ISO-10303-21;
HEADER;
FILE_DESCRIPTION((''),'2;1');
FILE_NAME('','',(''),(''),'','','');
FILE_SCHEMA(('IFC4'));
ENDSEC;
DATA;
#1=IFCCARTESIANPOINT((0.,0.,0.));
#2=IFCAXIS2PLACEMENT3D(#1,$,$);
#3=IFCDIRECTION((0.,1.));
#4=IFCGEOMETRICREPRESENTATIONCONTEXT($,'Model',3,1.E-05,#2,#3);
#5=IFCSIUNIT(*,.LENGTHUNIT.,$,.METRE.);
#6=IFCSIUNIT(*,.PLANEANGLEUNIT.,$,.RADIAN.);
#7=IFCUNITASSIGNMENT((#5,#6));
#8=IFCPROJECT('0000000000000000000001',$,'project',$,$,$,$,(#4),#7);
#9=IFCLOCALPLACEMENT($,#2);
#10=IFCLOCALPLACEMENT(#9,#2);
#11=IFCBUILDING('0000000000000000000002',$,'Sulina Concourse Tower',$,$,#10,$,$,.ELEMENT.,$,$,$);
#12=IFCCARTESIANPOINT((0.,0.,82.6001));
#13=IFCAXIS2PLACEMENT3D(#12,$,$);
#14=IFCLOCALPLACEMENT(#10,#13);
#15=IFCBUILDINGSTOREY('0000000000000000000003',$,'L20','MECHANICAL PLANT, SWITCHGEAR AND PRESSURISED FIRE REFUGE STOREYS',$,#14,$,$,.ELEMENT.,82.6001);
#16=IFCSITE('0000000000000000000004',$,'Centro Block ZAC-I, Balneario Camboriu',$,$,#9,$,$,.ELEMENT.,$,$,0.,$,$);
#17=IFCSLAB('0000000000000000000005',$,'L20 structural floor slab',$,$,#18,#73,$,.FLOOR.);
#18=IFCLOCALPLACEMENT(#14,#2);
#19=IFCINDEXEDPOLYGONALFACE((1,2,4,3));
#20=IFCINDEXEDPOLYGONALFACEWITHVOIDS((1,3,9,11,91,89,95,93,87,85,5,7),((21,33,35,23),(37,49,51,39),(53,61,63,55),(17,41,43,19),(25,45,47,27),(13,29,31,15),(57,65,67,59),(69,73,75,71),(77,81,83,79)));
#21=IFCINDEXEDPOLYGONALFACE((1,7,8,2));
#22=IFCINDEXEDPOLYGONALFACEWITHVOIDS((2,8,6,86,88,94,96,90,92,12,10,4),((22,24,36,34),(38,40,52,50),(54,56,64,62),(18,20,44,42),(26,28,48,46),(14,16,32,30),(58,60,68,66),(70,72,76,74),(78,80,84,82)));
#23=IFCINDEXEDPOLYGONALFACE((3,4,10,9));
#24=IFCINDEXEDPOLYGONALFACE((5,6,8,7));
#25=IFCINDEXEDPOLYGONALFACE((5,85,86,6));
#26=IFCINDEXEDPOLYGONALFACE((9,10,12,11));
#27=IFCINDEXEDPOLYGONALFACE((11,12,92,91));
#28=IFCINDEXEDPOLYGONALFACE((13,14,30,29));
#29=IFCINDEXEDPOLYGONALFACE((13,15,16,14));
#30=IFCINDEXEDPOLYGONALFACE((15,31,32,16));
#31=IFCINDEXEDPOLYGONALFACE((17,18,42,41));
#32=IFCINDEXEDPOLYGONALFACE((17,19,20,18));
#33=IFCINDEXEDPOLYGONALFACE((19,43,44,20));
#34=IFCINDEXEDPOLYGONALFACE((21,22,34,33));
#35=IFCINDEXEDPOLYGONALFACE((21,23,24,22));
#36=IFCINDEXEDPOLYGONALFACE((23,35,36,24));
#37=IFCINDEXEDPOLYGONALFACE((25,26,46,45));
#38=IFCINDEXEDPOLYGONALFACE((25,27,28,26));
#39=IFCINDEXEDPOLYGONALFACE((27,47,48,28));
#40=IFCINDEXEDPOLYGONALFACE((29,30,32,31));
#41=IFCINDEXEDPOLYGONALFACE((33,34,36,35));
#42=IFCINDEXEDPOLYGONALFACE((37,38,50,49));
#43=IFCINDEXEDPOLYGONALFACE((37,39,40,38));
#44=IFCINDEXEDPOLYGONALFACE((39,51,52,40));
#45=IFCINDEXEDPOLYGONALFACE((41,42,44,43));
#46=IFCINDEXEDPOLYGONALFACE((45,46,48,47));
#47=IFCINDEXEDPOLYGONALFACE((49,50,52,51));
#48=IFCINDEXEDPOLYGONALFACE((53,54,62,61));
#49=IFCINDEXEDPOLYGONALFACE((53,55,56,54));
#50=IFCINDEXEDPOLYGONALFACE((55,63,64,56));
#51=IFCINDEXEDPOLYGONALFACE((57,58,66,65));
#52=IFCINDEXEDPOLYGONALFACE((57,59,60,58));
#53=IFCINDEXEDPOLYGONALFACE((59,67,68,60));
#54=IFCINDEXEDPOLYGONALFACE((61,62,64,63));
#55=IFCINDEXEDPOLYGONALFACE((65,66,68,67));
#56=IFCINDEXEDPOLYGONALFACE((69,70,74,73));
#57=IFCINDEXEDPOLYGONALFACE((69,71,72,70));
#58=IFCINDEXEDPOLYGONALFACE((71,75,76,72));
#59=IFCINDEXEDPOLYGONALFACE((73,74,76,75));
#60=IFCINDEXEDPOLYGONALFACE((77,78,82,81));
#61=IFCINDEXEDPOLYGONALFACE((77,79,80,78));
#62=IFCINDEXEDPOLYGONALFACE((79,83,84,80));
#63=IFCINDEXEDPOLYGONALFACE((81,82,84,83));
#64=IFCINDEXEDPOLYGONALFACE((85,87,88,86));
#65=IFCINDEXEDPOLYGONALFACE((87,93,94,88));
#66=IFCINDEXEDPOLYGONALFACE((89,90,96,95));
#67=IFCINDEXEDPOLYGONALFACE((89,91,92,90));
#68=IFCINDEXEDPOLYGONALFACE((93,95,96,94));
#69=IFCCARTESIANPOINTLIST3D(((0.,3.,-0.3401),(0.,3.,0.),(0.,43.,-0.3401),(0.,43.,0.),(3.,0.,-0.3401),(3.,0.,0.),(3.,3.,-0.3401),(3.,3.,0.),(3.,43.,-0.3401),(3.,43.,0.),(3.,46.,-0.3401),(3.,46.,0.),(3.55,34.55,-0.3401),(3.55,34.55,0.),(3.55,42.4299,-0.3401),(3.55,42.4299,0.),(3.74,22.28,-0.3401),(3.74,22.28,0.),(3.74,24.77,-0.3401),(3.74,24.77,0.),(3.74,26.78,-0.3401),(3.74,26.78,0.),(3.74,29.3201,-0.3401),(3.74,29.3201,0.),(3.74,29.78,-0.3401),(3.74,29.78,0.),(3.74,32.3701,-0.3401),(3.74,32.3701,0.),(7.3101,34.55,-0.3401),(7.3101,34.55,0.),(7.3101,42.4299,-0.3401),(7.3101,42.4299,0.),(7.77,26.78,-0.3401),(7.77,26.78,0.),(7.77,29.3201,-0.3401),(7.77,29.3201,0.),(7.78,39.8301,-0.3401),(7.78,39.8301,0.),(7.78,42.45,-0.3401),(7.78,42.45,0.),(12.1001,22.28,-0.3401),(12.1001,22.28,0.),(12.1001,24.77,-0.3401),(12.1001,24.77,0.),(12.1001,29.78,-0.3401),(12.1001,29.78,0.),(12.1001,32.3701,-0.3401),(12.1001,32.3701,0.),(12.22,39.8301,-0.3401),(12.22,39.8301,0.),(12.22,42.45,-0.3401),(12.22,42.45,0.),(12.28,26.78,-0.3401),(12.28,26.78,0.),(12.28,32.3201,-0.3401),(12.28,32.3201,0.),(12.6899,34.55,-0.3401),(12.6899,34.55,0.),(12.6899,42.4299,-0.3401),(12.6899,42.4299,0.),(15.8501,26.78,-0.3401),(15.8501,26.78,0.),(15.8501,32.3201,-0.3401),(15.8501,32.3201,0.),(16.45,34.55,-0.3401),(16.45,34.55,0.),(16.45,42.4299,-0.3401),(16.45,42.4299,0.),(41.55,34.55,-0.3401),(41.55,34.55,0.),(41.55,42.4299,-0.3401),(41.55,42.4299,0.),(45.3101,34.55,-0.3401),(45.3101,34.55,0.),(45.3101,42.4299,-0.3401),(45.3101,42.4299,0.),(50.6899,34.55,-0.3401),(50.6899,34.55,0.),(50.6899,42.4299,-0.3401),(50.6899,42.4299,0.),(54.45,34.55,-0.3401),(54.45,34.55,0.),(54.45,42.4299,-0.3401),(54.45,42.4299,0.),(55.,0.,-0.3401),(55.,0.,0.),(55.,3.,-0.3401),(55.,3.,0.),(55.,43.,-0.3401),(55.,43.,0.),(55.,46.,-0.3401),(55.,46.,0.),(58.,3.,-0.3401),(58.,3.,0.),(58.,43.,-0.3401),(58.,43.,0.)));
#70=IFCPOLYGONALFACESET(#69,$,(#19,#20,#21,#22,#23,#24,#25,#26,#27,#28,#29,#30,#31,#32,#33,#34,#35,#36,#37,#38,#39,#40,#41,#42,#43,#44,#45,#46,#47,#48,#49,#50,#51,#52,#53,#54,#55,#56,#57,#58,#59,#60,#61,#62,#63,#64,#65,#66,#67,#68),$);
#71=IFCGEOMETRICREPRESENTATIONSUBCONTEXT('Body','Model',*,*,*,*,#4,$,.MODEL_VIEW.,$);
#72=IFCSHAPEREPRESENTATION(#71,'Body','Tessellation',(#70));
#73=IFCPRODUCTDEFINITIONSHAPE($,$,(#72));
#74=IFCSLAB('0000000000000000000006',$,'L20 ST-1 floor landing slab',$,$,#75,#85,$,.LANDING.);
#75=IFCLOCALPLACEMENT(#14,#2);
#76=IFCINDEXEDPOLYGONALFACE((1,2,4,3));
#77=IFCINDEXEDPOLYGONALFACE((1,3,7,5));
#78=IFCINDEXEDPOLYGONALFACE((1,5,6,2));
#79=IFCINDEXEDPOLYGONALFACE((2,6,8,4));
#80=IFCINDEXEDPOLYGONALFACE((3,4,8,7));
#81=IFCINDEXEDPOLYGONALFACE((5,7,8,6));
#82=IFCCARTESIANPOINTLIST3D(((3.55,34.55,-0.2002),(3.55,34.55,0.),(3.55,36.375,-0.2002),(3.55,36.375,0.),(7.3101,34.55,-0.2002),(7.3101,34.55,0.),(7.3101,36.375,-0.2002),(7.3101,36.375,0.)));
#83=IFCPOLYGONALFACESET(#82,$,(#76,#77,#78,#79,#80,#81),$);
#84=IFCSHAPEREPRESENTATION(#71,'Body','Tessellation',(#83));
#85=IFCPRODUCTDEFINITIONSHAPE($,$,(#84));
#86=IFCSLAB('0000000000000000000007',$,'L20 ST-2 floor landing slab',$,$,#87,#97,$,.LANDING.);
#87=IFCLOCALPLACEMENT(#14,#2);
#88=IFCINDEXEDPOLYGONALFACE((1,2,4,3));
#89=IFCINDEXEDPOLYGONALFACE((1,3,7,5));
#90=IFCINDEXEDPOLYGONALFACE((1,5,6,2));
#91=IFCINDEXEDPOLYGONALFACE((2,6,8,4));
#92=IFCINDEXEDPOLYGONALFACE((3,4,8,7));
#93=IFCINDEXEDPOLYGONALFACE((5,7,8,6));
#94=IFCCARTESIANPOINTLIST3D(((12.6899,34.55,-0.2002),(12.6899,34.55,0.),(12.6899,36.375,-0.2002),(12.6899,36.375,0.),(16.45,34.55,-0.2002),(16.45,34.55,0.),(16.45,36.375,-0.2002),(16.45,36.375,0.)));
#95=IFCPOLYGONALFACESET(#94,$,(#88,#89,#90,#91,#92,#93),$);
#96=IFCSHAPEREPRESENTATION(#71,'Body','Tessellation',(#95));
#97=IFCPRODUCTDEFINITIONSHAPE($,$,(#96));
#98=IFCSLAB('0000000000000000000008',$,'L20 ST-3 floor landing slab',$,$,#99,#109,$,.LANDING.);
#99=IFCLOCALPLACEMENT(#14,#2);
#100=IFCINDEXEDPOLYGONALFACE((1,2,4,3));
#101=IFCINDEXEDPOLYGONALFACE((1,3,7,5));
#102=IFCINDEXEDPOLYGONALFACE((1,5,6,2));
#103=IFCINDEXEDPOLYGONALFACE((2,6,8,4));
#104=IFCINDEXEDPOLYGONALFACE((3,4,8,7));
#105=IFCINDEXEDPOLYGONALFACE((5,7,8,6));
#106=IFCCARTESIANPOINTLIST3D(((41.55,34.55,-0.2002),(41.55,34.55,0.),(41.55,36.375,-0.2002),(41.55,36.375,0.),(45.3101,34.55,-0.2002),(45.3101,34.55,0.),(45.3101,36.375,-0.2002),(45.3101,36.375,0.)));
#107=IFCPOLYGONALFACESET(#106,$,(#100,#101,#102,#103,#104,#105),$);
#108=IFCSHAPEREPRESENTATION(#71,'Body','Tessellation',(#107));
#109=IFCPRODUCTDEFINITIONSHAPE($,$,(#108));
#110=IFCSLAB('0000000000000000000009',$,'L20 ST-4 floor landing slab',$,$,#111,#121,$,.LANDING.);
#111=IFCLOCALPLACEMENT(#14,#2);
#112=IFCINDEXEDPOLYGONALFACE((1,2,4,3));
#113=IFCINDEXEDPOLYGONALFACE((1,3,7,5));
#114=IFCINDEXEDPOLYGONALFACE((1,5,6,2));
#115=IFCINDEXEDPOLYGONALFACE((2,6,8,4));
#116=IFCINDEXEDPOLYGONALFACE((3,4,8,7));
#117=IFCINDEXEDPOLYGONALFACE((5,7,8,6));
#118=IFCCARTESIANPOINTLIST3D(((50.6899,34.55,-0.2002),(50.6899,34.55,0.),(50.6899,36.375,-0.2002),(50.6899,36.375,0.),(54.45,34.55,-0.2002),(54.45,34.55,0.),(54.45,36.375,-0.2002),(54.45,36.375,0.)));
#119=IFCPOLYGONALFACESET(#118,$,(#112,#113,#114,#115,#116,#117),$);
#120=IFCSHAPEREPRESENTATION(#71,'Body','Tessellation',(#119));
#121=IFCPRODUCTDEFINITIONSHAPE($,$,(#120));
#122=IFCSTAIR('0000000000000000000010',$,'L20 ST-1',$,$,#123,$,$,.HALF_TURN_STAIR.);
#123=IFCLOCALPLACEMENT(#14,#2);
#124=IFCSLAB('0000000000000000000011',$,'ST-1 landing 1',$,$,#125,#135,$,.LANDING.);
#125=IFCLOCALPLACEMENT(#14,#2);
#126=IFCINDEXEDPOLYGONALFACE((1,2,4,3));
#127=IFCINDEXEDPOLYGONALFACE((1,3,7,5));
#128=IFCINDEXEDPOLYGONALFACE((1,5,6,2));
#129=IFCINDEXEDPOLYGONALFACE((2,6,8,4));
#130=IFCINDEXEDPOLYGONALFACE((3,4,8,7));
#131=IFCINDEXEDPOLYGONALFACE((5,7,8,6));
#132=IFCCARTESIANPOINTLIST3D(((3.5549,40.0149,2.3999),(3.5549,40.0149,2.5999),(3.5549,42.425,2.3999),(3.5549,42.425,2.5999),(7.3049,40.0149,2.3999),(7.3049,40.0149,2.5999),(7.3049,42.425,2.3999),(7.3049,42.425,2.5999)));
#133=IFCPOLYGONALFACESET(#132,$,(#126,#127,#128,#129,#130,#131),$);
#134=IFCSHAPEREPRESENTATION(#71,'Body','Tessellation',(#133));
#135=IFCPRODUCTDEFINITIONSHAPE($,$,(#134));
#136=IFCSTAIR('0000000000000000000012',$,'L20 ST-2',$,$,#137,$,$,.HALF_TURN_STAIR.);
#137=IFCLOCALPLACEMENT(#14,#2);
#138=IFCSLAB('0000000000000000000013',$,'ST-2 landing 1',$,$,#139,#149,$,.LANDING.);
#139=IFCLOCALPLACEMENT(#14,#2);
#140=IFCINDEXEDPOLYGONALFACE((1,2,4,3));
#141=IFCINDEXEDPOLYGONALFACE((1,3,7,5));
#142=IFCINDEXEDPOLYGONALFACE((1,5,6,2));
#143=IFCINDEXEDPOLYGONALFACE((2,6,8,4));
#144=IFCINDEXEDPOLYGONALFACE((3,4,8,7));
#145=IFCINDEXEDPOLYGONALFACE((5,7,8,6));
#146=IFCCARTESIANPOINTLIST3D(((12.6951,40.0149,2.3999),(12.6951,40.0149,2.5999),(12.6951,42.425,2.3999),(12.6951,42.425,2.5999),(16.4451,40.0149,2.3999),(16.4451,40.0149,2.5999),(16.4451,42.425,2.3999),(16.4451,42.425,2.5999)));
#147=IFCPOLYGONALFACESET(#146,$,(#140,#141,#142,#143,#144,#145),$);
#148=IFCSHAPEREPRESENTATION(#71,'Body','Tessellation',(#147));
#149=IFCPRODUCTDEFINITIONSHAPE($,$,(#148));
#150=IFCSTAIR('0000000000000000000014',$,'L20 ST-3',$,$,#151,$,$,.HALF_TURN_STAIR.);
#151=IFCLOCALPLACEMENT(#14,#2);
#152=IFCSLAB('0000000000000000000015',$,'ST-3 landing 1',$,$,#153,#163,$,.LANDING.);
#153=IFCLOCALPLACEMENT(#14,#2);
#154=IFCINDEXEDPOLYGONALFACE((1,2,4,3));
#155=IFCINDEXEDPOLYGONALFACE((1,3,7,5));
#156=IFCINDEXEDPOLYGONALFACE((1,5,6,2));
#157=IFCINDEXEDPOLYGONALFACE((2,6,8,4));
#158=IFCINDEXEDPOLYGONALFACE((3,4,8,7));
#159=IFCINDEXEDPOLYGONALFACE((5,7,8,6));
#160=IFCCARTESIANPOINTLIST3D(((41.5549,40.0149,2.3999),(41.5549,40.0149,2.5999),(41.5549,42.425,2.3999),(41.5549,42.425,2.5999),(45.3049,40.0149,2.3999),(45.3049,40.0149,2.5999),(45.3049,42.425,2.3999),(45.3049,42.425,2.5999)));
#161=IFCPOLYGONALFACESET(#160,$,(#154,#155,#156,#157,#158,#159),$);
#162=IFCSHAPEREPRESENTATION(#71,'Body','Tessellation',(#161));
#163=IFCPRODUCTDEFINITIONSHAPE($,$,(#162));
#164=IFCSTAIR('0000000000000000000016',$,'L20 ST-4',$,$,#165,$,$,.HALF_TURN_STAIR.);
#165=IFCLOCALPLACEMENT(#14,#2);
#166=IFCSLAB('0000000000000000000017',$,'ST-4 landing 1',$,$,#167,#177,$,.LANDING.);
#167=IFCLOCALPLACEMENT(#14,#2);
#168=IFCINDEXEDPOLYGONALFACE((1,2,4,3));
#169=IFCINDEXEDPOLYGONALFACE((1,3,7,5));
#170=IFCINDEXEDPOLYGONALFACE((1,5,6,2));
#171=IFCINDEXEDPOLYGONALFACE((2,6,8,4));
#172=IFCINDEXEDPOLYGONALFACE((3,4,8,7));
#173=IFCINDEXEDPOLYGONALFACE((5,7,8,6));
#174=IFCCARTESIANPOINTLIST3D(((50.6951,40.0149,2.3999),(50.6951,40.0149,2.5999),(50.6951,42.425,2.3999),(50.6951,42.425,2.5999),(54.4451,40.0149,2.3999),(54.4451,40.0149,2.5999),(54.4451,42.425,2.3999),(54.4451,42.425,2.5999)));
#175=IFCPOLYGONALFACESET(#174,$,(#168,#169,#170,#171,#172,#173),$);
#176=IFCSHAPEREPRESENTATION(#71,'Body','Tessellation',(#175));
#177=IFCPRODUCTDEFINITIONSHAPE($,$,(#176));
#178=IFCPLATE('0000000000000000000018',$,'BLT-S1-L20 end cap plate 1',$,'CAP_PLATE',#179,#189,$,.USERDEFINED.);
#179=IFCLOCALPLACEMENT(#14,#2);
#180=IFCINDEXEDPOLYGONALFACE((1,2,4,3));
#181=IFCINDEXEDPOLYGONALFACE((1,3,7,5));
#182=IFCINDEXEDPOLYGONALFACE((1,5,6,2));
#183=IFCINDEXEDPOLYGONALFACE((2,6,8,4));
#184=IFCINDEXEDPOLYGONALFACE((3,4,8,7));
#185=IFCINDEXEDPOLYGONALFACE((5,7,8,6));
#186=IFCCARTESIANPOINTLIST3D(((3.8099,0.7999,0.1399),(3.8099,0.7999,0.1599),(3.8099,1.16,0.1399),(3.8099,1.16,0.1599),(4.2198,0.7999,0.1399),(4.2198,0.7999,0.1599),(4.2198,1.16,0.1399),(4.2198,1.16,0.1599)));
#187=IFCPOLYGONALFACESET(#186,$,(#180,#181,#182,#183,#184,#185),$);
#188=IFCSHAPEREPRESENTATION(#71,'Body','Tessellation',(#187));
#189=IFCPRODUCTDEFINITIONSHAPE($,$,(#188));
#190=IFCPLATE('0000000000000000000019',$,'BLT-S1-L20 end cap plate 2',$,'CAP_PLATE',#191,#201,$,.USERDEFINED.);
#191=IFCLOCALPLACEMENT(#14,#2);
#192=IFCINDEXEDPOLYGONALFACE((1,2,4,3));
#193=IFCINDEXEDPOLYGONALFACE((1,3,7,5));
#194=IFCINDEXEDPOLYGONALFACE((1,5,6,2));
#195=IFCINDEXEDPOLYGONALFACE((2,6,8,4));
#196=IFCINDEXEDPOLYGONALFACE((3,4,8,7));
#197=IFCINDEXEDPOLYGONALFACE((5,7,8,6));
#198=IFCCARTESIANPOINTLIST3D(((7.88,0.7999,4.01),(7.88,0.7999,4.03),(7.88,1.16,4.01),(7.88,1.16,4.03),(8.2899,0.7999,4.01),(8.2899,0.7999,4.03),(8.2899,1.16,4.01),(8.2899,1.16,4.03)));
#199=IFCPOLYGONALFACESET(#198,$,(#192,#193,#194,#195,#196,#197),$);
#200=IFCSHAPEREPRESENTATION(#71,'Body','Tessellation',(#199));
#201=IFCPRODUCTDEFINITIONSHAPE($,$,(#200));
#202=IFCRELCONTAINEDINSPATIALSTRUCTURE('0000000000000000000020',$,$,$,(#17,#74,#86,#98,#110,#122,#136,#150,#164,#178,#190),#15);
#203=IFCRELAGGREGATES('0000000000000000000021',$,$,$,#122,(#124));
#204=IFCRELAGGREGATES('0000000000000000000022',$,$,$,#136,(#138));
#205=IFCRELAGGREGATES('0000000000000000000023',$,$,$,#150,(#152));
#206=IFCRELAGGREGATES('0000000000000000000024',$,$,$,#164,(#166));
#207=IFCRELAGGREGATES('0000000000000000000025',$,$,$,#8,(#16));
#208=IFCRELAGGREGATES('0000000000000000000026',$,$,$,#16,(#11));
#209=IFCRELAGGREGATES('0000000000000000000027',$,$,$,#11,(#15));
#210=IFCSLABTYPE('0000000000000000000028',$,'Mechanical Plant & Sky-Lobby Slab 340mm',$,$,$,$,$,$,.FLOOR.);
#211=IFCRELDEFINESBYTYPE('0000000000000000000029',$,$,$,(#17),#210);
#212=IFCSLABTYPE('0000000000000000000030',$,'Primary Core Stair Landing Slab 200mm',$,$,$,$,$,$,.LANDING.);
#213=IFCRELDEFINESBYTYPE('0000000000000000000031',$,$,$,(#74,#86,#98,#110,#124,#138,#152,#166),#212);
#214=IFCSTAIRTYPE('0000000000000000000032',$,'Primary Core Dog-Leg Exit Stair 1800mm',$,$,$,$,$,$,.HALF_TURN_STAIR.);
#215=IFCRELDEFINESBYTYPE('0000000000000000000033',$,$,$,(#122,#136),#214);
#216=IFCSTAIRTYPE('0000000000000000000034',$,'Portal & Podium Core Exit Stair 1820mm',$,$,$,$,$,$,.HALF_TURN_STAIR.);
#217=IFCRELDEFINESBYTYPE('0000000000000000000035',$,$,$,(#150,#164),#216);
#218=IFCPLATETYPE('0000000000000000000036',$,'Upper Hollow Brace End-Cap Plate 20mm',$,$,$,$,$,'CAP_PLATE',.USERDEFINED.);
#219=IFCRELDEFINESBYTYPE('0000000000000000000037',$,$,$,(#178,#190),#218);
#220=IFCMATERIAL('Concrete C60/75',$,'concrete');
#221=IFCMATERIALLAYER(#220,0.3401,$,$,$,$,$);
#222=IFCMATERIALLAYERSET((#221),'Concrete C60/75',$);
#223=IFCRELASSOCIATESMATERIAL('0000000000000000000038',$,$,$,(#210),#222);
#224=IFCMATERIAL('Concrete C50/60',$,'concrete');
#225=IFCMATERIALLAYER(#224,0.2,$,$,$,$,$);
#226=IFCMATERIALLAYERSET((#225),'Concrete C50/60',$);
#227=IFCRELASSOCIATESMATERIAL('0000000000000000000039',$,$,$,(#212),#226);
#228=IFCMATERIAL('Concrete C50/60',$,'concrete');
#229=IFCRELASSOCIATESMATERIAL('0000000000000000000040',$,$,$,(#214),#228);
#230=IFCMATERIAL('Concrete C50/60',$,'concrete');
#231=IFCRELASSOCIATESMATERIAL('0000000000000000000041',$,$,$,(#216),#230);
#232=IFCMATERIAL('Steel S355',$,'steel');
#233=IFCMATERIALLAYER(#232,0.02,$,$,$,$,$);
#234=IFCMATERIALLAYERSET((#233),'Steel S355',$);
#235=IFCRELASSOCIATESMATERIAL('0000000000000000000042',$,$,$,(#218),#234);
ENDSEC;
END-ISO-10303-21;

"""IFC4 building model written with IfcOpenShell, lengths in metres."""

from ifc_helpers import new_model, si_unit, direction, frame, origin, origin_2d, place, context, subcontext, project, spatial, polyline, rectangle, outline, extrude, material, layer, layer_set, type_object, element, aggregate, save


model = new_model("IFC4")

# Units and contexts
model_context = context("Model", 3, precision=1e-05, world=origin(), true_north=direction((0.0, 1.0)))
body_context = subcontext(model_context, "Body", "Model", "MODEL_VIEW")
ifc_project = project(units=[si_unit("LENGTHUNIT", "METRE"), si_unit("PLANEANGLEUNIT", "RADIAN")], contexts=[model_context])

# Site, building, storey
site_placement = place(None, origin())
site = spatial("IfcSite", under=ifc_project, at=site_placement, Name="Centro Block ZAC-I, Balneario Camboriu", CompositionType="ELEMENT", RefElevation=0.0)
building_placement = place(site_placement, origin())
building = spatial("IfcBuilding", under=site, at=building_placement, Name="Sulina Concourse Tower", CompositionType="ELEMENT")
storey_placement = place(building_placement, frame((0.0, 0.0, 82.6001)))
storey = spatial("IfcBuildingStorey", under=building, at=storey_placement, Name="L20", Description="MECHANICAL PLANT, SWITCHGEAR AND PRESSURISED FIRE REFUGE STOREYS", CompositionType="ELEMENT", Elevation=82.6001)

# Slabs
ifc_material_1 = material(Name="Concrete C60/75", Category="concrete")
ifc_layer_1 = layer(ifc_material_1, 0.3401)
ifc_layer_set_1 = layer_set([ifc_layer_1], Name="Concrete C60/75")
slab_type_1 = type_object("IfcSlabType", Name="Mechanical Plant & Sky-Lobby Slab 340mm", PredefinedType="FLOOR", material=ifc_layer_set_1)
slab_1_placement = place(storey_placement, frame((0.0, 0.0, -0.3401)))
element("IfcSlab", 1, at=slab_1_placement, inside=storey, type_object=slab_type_1, Name="L20 structural floor slab", PredefinedType="FLOOR", context=body_context, shape_type="SweptSolid", body=[
    extrude(outline(polyline([(3.0, 0.0), (55.0, 0.0), (55.0, 3.0), (58.0, 3.0), (58.0, 43.0), (55.0, 43.0), (55.0, 46.0), (3.0, 46.0), (3.0, 43.0), (0.0, 43.0), (0.0, 3.0), (3.0, 3.0), (3.0, 0.0)]), holes=[polyline([(7.3101, 34.55), (7.3101, 42.4299), (3.55, 42.4299), (3.55, 34.55), (7.3101, 34.55)]), polyline([(16.45, 34.55), (16.45, 42.4299), (12.6899, 42.4299), (12.6899, 34.55), (16.45, 34.55)]), polyline([(45.3101, 34.55), (45.3101, 42.4299), (41.55, 42.4299), (41.55, 34.55), (45.3101, 34.55)]), polyline([(54.45, 34.55), (54.45, 42.4299), (50.6899, 42.4299), (50.6899, 34.55), (54.45, 34.55)]), polyline([(7.78, 39.8301), (12.22, 39.8301), (12.22, 42.45), (7.78, 42.45), (7.78, 39.8301)]), polyline([(3.74, 26.78), (7.77, 26.78), (7.77, 29.3201), (3.74, 29.3201), (3.74, 26.78)]), polyline([(3.74, 29.78), (12.1001, 29.78), (12.1001, 32.3701), (3.74, 32.3701), (3.74, 29.78)]), polyline([(3.74, 22.28), (12.1001, 22.28), (12.1001, 24.77), (3.74, 24.77), (3.74, 22.28)]), polyline([(12.28, 26.78), (15.8501, 26.78), (15.8501, 32.3201), (12.28, 32.3201), (12.28, 26.78)])]), origin(), (0.0, 0.0, 1.0), 0.3401),
])
ifc_material_2 = material(Name="Concrete C50/60", Category="concrete")
ifc_layer_2 = layer(ifc_material_2, 0.2)
ifc_layer_set_2 = layer_set([ifc_layer_2], Name="Concrete C50/60")
slab_type_2 = type_object("IfcSlabType", Name="Primary Core Stair Landing Slab 200mm", PredefinedType="LANDING", material=ifc_layer_set_2)
slab_2_placement = place(storey_placement, frame((0.0, 0.0, -0.2002)))
element("IfcSlab", 2, at=slab_2_placement, inside=storey, type_object=slab_type_2, Name="L20 ST-1 floor landing slab", PredefinedType="LANDING", context=body_context, shape_type="SweptSolid", body=[
    extrude(outline(polyline([(7.3101, 34.55), (7.3101, 36.375), (3.55, 36.375), (3.55, 34.55), (7.3101, 34.55)])), origin(), (0.0, 0.0, 1.0), 0.2002),
])
slab_3_placement = place(storey_placement, frame((0.0, 0.0, -0.2002)))
element("IfcSlab", 3, at=slab_3_placement, inside=storey, type_object=slab_type_2, Name="L20 ST-2 floor landing slab", PredefinedType="LANDING", context=body_context, shape_type="SweptSolid", body=[
    extrude(outline(polyline([(16.45, 34.55), (16.45, 36.375), (12.6899, 36.375), (12.6899, 34.55), (16.45, 34.55)])), origin(), (0.0, 0.0, 1.0), 0.2002),
])
slab_4_placement = place(storey_placement, frame((0.0, 0.0, -0.2002)))
element("IfcSlab", 4, at=slab_4_placement, inside=storey, type_object=slab_type_2, Name="L20 ST-3 floor landing slab", PredefinedType="LANDING", context=body_context, shape_type="SweptSolid", body=[
    extrude(outline(polyline([(45.3101, 34.55), (45.3101, 36.375), (41.55, 36.375), (41.55, 34.55), (45.3101, 34.55)])), origin(), (0.0, 0.0, 1.0), 0.2002),
])
slab_5_placement = place(storey_placement, frame((0.0, 0.0, -0.2002)))
element("IfcSlab", 5, at=slab_5_placement, inside=storey, type_object=slab_type_2, Name="L20 ST-4 floor landing slab", PredefinedType="LANDING", context=body_context, shape_type="SweptSolid", body=[
    extrude(outline(polyline([(54.45, 34.55), (54.45, 36.375), (50.6899, 36.375), (50.6899, 34.55), (54.45, 34.55)])), origin(), (0.0, 0.0, 1.0), 0.2002),
])

# Stairs, slabs
ifc_material_3 = material(Name="Concrete C50/60", Category="concrete")
stair_type_1 = type_object("IfcStairType", Name="Primary Core Dog-Leg Exit Stair 1800mm", PredefinedType="HALF_TURN_STAIR", material=ifc_material_3)
stair_1_placement = place(storey_placement, origin())
stair_1 = element("IfcStair", 6, at=stair_1_placement, inside=storey, type_object=stair_type_1, Name="L20 ST-1", PredefinedType="HALF_TURN_STAIR")
slab_6_placement = place(storey_placement, frame((0.0, 0.0, 2.3999)))
slab_6 = element("IfcSlab", 7, at=slab_6_placement, type_object=slab_type_2, Name="ST-1 landing 1", PredefinedType="LANDING", context=body_context, shape_type="SweptSolid", body=[
    extrude(outline(polyline([(7.3049, 40.0149), (7.3049, 42.425), (3.5549, 42.425), (3.5549, 40.0149), (7.3049, 40.0149)])), origin(), (0.0, 0.0, 1.0), 0.2),
])
aggregate(stair_1, [slab_6])
stair_2_placement = place(storey_placement, origin())
stair_2 = element("IfcStair", 8, at=stair_2_placement, inside=storey, type_object=stair_type_1, Name="L20 ST-2", PredefinedType="HALF_TURN_STAIR")
slab_7_placement = place(storey_placement, frame((0.0, 0.0, 2.3999)))
slab_7 = element("IfcSlab", 9, at=slab_7_placement, type_object=slab_type_2, Name="ST-2 landing 1", PredefinedType="LANDING", context=body_context, shape_type="SweptSolid", body=[
    extrude(outline(polyline([(16.4451, 40.0149), (16.4451, 42.425), (12.6951, 42.425), (12.6951, 40.0149), (16.4451, 40.0149)])), origin(), (0.0, 0.0, 1.0), 0.2),
])
aggregate(stair_2, [slab_7])
ifc_material_4 = material(Name="Concrete C50/60", Category="concrete")
stair_type_2 = type_object("IfcStairType", Name="Portal & Podium Core Exit Stair 1820mm", PredefinedType="HALF_TURN_STAIR", material=ifc_material_4)
stair_3_placement = place(storey_placement, origin())
stair_3 = element("IfcStair", 10, at=stair_3_placement, inside=storey, type_object=stair_type_2, Name="L20 ST-3", PredefinedType="HALF_TURN_STAIR")
slab_8_placement = place(storey_placement, frame((0.0, 0.0, 2.3999)))
slab_8 = element("IfcSlab", 11, at=slab_8_placement, type_object=slab_type_2, Name="ST-3 landing 1", PredefinedType="LANDING", context=body_context, shape_type="SweptSolid", body=[
    extrude(outline(polyline([(45.3049, 40.0149), (45.3049, 42.425), (41.5549, 42.425), (41.5549, 40.0149), (45.3049, 40.0149)])), origin(), (0.0, 0.0, 1.0), 0.2),
])
aggregate(stair_3, [slab_8])
stair_4_placement = place(storey_placement, origin())
stair_4 = element("IfcStair", 12, at=stair_4_placement, inside=storey, type_object=stair_type_2, Name="L20 ST-4", PredefinedType="HALF_TURN_STAIR")
slab_9_placement = place(storey_placement, frame((0.0, 0.0, 2.3999)))
slab_9 = element("IfcSlab", 13, at=slab_9_placement, type_object=slab_type_2, Name="ST-4 landing 1", PredefinedType="LANDING", context=body_context, shape_type="SweptSolid", body=[
    extrude(outline(polyline([(54.4451, 40.0149), (54.4451, 42.425), (50.6951, 42.425), (50.6951, 40.0149), (54.4451, 40.0149)])), origin(), (0.0, 0.0, 1.0), 0.2),
])
aggregate(stair_4, [slab_9])

# Plates
ifc_material_5 = material(Name="Steel S355", Category="steel")
ifc_layer_3 = layer(ifc_material_5, 0.02)
ifc_layer_set_3 = layer_set([ifc_layer_3], Name="Steel S355")
plate_type_1 = type_object("IfcPlateType", Name="Upper Hollow Brace End-Cap Plate 20mm", ElementType="CAP_PLATE", PredefinedType="USERDEFINED", material=ifc_layer_set_3)
for number, where, z_axis, x_axis, name in (
    (14, (4.0149, 0.98, 0.1399), (0.0, 0.0, 1.0), (1.0, 0.0, 0.0), "BLT-S1-L20 end cap plate 1"),
    (15, (8.085, 0.98, 4.01), (0.0, 0.0, 1.0), (1.0, 0.0, 0.0), "BLT-S1-L20 end cap plate 2"),
):
    element("IfcPlate", number, at=place(storey_placement, frame(where, z_axis=z_axis, x_axis=x_axis)), inside=storey, type_object=plate_type_1, Name=name, ObjectType="CAP_PLATE", PredefinedType="USERDEFINED", context=body_context, shape_type="SweptSolid", body=[
        extrude(rectangle(XDim=0.4099, YDim=0.3601, at=origin_2d()), origin(), (0.0, 0.0, 1.0), 0.02),
    ])

save(model, "model.ifc")
